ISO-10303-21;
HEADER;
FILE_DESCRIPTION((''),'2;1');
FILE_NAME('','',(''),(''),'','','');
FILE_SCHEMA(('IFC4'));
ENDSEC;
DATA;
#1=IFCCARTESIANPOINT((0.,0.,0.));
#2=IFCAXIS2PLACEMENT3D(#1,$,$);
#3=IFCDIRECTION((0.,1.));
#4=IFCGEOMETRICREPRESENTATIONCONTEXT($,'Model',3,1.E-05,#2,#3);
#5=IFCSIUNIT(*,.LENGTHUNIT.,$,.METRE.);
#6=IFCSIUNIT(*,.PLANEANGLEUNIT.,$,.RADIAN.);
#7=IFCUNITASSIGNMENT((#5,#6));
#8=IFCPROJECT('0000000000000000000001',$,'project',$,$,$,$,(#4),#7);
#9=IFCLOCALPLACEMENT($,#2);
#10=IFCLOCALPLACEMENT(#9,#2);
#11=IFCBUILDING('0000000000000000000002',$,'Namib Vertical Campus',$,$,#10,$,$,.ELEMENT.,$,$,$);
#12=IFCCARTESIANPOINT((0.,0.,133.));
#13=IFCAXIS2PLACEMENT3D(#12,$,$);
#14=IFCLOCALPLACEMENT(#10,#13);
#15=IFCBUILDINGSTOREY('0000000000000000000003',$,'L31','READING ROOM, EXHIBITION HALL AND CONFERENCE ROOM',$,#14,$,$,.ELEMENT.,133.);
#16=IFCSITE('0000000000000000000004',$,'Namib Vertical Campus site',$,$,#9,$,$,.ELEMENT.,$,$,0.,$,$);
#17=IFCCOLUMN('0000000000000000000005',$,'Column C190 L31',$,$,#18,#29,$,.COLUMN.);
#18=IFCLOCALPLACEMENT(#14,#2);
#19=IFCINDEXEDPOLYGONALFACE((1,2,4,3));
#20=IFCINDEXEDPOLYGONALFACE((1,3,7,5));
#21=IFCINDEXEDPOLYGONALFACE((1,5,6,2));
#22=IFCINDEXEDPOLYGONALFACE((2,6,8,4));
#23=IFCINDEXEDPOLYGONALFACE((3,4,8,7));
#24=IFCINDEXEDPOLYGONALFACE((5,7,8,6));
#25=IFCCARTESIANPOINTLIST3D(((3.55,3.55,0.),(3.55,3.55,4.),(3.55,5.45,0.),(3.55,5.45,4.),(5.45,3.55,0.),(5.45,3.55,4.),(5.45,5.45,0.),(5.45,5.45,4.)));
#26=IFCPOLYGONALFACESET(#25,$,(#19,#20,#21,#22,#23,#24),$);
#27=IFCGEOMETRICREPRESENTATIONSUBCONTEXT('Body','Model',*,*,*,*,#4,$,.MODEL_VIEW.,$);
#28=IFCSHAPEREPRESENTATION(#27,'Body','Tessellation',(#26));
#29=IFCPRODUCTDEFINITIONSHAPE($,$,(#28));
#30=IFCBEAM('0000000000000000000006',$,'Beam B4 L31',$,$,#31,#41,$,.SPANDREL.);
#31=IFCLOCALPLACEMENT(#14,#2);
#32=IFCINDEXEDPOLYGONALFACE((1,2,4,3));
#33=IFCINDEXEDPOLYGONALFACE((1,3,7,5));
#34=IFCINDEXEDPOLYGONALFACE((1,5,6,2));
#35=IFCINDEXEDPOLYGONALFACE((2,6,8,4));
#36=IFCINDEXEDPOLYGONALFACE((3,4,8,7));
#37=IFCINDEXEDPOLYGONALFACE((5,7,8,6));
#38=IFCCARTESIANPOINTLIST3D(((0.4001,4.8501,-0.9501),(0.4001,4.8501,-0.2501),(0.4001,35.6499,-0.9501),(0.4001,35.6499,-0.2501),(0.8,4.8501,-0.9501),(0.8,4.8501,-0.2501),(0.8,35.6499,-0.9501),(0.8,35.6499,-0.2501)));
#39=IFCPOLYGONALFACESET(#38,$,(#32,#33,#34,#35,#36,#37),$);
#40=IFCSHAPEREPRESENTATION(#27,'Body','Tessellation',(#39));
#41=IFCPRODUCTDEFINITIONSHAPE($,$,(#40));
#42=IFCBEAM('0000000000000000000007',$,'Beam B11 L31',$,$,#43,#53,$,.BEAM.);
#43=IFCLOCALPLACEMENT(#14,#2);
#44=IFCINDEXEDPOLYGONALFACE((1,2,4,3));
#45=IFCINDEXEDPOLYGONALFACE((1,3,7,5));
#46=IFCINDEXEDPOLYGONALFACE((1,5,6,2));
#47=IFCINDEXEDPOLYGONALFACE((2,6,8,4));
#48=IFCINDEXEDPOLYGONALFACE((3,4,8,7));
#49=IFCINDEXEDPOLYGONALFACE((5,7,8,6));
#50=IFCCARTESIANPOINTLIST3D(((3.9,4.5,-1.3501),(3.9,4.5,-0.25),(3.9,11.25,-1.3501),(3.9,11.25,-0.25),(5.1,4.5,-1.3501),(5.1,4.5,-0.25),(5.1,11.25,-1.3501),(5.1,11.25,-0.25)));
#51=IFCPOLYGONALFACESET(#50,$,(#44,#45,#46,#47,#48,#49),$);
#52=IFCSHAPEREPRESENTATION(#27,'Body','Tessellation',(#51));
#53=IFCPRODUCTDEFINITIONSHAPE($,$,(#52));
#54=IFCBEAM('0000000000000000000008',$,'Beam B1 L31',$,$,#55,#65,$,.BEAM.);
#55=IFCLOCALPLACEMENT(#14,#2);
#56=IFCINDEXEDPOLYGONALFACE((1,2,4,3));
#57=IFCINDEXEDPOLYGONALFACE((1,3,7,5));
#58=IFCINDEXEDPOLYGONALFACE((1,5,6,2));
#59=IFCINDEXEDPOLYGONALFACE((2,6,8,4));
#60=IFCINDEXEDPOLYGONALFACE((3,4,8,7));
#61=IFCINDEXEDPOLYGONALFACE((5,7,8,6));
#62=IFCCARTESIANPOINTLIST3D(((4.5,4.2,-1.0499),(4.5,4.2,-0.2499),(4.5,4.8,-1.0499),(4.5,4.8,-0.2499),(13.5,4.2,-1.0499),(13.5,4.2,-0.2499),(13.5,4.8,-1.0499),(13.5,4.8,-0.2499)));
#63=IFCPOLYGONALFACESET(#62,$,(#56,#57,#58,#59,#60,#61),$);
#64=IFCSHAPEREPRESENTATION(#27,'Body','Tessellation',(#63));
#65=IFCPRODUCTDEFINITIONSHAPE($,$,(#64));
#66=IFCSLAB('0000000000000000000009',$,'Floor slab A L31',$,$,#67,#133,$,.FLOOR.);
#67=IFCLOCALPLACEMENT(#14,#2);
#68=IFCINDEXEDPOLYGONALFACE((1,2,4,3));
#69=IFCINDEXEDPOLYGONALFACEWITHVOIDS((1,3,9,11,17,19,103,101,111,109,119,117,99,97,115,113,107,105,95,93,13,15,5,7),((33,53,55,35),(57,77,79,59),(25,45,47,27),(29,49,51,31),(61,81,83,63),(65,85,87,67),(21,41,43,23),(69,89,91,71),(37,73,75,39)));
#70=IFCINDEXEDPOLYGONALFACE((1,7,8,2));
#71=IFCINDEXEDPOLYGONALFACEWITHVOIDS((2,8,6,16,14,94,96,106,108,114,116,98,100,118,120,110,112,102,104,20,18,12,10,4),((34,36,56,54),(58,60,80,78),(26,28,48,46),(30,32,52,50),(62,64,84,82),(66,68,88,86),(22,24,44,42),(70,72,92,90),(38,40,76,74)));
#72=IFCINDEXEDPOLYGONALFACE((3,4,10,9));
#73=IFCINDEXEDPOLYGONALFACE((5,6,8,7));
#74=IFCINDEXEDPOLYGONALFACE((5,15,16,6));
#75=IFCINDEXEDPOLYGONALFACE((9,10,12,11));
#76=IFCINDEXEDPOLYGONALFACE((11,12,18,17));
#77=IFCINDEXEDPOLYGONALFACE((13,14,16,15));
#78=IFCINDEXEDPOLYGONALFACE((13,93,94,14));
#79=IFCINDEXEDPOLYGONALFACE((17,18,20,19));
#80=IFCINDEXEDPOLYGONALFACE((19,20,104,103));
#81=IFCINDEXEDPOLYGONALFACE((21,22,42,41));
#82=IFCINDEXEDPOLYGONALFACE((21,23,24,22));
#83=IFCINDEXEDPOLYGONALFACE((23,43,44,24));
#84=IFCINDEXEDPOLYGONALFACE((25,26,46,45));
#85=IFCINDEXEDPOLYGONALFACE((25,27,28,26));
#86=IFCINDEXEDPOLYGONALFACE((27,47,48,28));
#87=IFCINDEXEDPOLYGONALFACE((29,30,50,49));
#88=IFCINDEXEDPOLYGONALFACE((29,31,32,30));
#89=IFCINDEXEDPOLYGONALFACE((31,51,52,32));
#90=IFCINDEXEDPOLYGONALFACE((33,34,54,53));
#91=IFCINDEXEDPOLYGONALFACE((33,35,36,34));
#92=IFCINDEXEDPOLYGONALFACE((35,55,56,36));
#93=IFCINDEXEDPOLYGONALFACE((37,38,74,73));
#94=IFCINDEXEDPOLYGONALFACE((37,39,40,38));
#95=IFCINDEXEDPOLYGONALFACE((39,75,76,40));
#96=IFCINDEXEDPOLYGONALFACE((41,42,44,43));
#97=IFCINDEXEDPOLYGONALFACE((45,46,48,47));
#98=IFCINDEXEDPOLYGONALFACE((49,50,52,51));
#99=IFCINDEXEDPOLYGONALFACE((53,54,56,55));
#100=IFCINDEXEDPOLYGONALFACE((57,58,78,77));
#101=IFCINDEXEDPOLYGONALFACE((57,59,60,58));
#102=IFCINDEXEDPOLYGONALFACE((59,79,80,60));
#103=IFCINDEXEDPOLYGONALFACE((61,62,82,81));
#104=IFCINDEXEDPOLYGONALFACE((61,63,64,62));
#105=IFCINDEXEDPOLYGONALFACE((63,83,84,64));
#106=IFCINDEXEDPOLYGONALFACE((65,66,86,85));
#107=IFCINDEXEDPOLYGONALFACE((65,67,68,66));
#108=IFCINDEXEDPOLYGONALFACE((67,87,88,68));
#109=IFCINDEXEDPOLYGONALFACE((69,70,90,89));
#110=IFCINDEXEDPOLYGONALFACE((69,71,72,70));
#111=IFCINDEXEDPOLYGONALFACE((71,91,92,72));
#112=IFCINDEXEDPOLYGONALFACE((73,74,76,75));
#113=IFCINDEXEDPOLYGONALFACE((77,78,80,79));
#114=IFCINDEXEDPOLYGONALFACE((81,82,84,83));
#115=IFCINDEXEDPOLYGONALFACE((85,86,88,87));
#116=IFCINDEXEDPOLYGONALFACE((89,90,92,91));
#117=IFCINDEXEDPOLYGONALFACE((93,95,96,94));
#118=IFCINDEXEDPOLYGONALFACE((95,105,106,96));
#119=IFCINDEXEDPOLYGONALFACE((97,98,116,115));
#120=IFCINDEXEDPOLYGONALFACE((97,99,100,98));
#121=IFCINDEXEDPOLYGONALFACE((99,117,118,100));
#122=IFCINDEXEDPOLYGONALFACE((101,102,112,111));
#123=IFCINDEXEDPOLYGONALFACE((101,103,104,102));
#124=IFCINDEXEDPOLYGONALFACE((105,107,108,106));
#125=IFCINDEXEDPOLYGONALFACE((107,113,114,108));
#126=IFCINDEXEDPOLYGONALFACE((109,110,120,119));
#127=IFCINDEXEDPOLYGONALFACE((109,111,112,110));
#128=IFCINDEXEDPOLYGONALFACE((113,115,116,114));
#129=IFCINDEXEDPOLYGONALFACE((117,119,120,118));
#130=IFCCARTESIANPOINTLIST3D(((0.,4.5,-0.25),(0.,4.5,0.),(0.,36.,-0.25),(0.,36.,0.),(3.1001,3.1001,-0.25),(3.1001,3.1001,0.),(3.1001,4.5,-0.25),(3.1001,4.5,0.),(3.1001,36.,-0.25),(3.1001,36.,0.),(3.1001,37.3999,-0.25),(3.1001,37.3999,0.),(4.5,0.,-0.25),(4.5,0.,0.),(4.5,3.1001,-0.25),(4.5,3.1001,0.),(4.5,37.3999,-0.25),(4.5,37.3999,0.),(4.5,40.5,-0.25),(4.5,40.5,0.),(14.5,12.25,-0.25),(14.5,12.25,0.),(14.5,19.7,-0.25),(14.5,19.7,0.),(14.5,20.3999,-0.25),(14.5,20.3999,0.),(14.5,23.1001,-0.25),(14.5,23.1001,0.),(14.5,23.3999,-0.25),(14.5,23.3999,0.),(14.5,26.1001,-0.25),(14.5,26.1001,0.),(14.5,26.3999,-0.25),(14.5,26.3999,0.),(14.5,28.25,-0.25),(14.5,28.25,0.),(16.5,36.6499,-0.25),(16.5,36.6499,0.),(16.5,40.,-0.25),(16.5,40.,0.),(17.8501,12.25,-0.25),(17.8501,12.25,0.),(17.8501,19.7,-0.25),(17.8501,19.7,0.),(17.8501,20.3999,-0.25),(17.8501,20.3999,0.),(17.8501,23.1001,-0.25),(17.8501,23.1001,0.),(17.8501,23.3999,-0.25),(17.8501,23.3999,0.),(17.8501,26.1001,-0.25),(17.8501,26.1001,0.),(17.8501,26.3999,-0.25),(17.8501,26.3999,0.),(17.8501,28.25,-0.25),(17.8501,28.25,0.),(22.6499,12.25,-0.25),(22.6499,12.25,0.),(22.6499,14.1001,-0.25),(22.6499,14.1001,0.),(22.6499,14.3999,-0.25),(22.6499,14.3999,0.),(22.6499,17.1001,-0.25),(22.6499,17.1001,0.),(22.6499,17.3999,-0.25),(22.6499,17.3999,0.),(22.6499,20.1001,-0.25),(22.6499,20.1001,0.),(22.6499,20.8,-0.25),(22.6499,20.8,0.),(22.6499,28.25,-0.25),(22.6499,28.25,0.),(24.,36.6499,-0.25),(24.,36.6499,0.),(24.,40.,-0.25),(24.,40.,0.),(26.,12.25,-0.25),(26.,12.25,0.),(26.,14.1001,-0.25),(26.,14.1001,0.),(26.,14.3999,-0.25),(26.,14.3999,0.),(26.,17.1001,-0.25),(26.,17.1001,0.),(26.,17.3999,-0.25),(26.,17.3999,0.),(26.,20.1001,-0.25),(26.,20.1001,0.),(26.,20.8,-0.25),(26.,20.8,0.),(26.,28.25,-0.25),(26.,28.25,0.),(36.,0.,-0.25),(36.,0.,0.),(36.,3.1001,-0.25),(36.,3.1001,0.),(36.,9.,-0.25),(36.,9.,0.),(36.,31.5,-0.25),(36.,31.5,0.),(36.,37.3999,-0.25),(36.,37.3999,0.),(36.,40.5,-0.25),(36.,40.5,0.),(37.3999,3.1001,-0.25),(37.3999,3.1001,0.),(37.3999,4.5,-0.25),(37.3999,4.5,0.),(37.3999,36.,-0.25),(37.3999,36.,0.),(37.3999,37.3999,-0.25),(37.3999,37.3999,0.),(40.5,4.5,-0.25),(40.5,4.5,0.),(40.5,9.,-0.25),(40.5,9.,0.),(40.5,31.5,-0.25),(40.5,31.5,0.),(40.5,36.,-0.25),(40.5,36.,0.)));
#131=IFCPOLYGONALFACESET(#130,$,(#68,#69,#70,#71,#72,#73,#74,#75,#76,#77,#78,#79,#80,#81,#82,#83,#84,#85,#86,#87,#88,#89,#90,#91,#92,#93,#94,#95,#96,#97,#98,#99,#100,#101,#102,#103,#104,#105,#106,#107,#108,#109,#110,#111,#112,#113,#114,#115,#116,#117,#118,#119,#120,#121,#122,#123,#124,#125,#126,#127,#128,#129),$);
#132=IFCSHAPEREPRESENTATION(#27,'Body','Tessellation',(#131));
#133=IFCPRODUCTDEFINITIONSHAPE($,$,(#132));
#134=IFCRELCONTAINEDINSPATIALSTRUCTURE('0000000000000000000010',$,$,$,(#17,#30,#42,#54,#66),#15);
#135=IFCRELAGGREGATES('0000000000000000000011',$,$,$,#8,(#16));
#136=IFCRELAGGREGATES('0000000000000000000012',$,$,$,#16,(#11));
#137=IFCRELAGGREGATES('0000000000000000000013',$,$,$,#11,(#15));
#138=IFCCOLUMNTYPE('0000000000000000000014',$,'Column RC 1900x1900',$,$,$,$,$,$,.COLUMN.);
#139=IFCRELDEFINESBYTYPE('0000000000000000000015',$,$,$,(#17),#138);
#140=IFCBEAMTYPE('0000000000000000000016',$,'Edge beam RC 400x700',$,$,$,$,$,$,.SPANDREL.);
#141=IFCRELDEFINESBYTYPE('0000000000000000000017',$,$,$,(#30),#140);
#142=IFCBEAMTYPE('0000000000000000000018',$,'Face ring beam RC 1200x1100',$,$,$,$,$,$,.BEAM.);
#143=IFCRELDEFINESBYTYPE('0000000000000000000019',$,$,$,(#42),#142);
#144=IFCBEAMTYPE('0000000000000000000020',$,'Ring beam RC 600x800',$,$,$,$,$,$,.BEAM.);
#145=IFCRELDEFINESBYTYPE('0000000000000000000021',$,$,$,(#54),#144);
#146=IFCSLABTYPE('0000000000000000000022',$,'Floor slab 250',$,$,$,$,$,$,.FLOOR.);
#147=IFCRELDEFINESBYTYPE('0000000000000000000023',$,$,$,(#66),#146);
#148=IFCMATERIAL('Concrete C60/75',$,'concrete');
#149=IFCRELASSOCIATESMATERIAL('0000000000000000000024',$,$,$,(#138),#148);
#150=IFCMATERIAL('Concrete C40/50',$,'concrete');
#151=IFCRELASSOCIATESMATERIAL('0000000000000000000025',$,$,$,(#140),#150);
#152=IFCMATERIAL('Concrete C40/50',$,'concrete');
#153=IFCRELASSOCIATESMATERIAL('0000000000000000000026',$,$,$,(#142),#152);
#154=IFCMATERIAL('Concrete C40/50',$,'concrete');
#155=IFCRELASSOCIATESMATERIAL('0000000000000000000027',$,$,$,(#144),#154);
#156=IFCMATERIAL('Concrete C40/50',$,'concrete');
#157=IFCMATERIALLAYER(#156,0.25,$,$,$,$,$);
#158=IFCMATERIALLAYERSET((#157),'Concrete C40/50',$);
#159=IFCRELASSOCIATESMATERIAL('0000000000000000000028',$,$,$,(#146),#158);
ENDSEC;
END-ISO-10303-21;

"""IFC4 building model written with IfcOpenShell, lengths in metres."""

from ifc_helpers import new_model, si_unit, direction, frame, origin, origin_2d, place, context, subcontext, project, spatial, polyline, rectangle, outline, extrude, material, layer, layer_set, material_profile, profile_set, type_object, element, save


model = new_model("IFC4")

# Units and contexts
model_context = context("Model", 3, precision=1e-05, world=origin(), true_north=direction((0.0, 1.0)))
body_context = subcontext(model_context, "Body", "Model", "MODEL_VIEW")
ifc_project = project(units=[si_unit("LENGTHUNIT", "METRE"), si_unit("PLANEANGLEUNIT", "RADIAN")], contexts=[model_context])

# Site, building, storey
site_placement = place(None, origin())
site = spatial("IfcSite", under=ifc_project, at=site_placement, Name="Namib Vertical Campus site", CompositionType="ELEMENT", RefElevation=0.0)
building_placement = place(site_placement, origin())
building = spatial("IfcBuilding", under=site, at=building_placement, Name="Namib Vertical Campus", CompositionType="ELEMENT")
storey_placement = place(building_placement, frame((0.0, 0.0, 133.0)))
storey = spatial("IfcBuildingStorey", under=building, at=storey_placement, Name="L31", Description="READING ROOM, EXHIBITION HALL AND CONFERENCE ROOM", CompositionType="ELEMENT", Elevation=133.0)

# Column
ifc_material_1 = material(Name="Concrete C60/75", Category="concrete")
ifc_material_profile_1 = material_profile(ifc_material_1, rectangle(XDim=1.8999, YDim=1.8999, at=origin_2d()))
ifc_profile_set_1 = profile_set([ifc_material_profile_1], Name="Concrete C60/75")
column_type = type_object("IfcColumnType", Name="Column RC 1900x1900", PredefinedType="COLUMN", material=ifc_profile_set_1)
column_placement = place(storey_placement, frame((4.5, 4.5, 0.0), z_axis=(0.0, 0.0, 1.0), x_axis=(1.0, 0.0, 0.0)))
element("IfcColumn", 1, at=column_placement, inside=storey, type_object=column_type, Name="Column C190 L31", PredefinedType="COLUMN", context=body_context, shape_type="SweptSolid", body=[
    extrude(rectangle(XDim=1.8999, YDim=1.8999, at=origin_2d()), origin(), (0.0, 0.0, 1.0), 4.0),
])

# Beams
ifc_material_2 = material(Name="Concrete C40/50", Category="concrete")
ifc_material_profile_2 = material_profile(ifc_material_2, rectangle(XDim=0.3999, YDim=0.7, at=origin_2d()))
ifc_profile_set_2 = profile_set([ifc_material_profile_2], Name="Concrete C40/50")
beam_type_1 = type_object("IfcBeamType", Name="Edge beam RC 400x700", PredefinedType="SPANDREL", material=ifc_profile_set_2)
beam_1_placement = place(storey_placement, frame((0.6001, 4.8501, -0.6001), z_axis=(0.0, 1.0, 0.0), x_axis=(-1.0, 0.0, 0.0)))
element("IfcBeam", 2, at=beam_1_placement, inside=storey, type_object=beam_type_1, Name="Beam B4 L31", PredefinedType="SPANDREL", context=body_context, shape_type="SweptSolid", body=[
    extrude(rectangle(XDim=0.3999, YDim=0.7, at=origin_2d()), origin(), (0.0, 0.0, 1.0), 30.7998),
])
ifc_material_3 = material(Name="Concrete C40/50", Category="concrete")
ifc_material_profile_3 = material_profile(ifc_material_3, rectangle(XDim=1.2, YDim=1.1001, at=origin_2d()))
ifc_profile_set_3 = profile_set([ifc_material_profile_3], Name="Concrete C40/50")
beam_type_2 = type_object("IfcBeamType", Name="Face ring beam RC 1200x1100", PredefinedType="BEAM", material=ifc_profile_set_3)
beam_2_placement = place(storey_placement, frame((4.5, 4.5, -0.8), z_axis=(0.0, 1.0, 0.0), x_axis=(-1.0, 0.0, 0.0)))
element("IfcBeam", 3, at=beam_2_placement, inside=storey, type_object=beam_type_2, Name="Beam B11 L31", PredefinedType="BEAM", context=body_context, shape_type="SweptSolid", body=[
    extrude(rectangle(XDim=1.2, YDim=1.1001, at=origin_2d()), origin(), (0.0, 0.0, 1.0), 6.75),
])
ifc_material_4 = material(Name="Concrete C40/50", Category="concrete")
ifc_material_profile_4 = material_profile(ifc_material_4, rectangle(XDim=0.6001, YDim=0.8, at=origin_2d()))
ifc_profile_set_4 = profile_set([ifc_material_profile_4], Name="Concrete C40/50")
beam_type_3 = type_object("IfcBeamType", Name="Ring beam RC 600x800", PredefinedType="BEAM", material=ifc_profile_set_4)
beam_3_placement = place(storey_placement, frame((4.5, 4.5, -0.6499), z_axis=(1.0, 0.0, 0.0), x_axis=(0.0, 1.0, 0.0)))
element("IfcBeam", 4, at=beam_3_placement, inside=storey, type_object=beam_type_3, Name="Beam B1 L31", PredefinedType="BEAM", context=body_context, shape_type="SweptSolid", body=[
    extrude(rectangle(XDim=0.6001, YDim=0.8, at=origin_2d()), origin(), (0.0, 0.0, 1.0), 9.0),
])

# Slab
ifc_material_5 = material(Name="Concrete C40/50", Category="concrete")
ifc_layer_1 = layer(ifc_material_5, 0.25)
ifc_layer_set_1 = layer_set([ifc_layer_1], Name="Concrete C40/50")
slab_type_1 = type_object("IfcSlabType", Name="Floor slab 250", PredefinedType="FLOOR", material=ifc_layer_set_1)
slab_1_placement = place(storey_placement, frame((0.0, 0.0, -0.25)))
element("IfcSlab", 5, at=slab_1_placement, inside=storey, type_object=slab_type_1, Name="Floor slab A L31", PredefinedType="FLOOR", context=body_context, shape_type="SweptSolid", body=[
    extrude(outline(polyline([(4.5, 3.1001), (4.5, 0.0), (36.0, 0.0), (36.0, 3.1001), (37.3999, 3.1001), (37.3999, 4.5), (40.5, 4.5), (40.5, 9.0), (36.0, 9.0), (36.0, 31.5), (40.5, 31.5), (40.5, 36.0), (37.3999, 36.0), (37.3999, 37.3999), (36.0, 37.3999), (36.0, 40.5), (4.5, 40.5), (4.5, 37.3999), (3.1001, 37.3999), (3.1001, 36.0), (0.0, 36.0), (0.0, 4.5), (3.1001, 4.5), (3.1001, 3.1001), (4.5, 3.1001)]), holes=[polyline([(14.5, 12.25), (17.8501, 12.25), (17.8501, 19.7), (14.5, 19.7), (14.5, 12.25)]), polyline([(22.6499, 20.8), (26.0, 20.8), (26.0, 28.25), (22.6499, 28.25), (22.6499, 20.8)]), polyline([(22.6499, 12.25), (26.0, 12.25), (26.0, 14.1001), (22.6499, 14.1001), (22.6499, 12.25)]), polyline([(14.5, 20.3999), (17.8501, 20.3999), (17.8501, 23.1001), (14.5, 23.1001), (14.5, 20.3999)]), polyline([(14.5, 23.3999), (17.8501, 23.3999), (17.8501, 26.1001), (14.5, 26.1001), (14.5, 23.3999)]), polyline([(14.5, 26.3999), (17.8501, 26.3999), (17.8501, 28.25), (14.5, 28.25), (14.5, 26.3999)]), polyline([(22.6499, 14.3999), (26.0, 14.3999), (26.0, 17.1001), (22.6499, 17.1001), (22.6499, 14.3999)]), polyline([(22.6499, 17.3999), (26.0, 17.3999), (26.0, 20.1001), (22.6499, 20.1001), (22.6499, 17.3999)]), polyline([(16.5, 36.6499), (24.0, 36.6499), (24.0, 40.0), (16.5, 40.0), (16.5, 36.6499)])]), origin(), (0.0, 0.0, 1.0), 0.25),
])

save(model, "model.ifc")
